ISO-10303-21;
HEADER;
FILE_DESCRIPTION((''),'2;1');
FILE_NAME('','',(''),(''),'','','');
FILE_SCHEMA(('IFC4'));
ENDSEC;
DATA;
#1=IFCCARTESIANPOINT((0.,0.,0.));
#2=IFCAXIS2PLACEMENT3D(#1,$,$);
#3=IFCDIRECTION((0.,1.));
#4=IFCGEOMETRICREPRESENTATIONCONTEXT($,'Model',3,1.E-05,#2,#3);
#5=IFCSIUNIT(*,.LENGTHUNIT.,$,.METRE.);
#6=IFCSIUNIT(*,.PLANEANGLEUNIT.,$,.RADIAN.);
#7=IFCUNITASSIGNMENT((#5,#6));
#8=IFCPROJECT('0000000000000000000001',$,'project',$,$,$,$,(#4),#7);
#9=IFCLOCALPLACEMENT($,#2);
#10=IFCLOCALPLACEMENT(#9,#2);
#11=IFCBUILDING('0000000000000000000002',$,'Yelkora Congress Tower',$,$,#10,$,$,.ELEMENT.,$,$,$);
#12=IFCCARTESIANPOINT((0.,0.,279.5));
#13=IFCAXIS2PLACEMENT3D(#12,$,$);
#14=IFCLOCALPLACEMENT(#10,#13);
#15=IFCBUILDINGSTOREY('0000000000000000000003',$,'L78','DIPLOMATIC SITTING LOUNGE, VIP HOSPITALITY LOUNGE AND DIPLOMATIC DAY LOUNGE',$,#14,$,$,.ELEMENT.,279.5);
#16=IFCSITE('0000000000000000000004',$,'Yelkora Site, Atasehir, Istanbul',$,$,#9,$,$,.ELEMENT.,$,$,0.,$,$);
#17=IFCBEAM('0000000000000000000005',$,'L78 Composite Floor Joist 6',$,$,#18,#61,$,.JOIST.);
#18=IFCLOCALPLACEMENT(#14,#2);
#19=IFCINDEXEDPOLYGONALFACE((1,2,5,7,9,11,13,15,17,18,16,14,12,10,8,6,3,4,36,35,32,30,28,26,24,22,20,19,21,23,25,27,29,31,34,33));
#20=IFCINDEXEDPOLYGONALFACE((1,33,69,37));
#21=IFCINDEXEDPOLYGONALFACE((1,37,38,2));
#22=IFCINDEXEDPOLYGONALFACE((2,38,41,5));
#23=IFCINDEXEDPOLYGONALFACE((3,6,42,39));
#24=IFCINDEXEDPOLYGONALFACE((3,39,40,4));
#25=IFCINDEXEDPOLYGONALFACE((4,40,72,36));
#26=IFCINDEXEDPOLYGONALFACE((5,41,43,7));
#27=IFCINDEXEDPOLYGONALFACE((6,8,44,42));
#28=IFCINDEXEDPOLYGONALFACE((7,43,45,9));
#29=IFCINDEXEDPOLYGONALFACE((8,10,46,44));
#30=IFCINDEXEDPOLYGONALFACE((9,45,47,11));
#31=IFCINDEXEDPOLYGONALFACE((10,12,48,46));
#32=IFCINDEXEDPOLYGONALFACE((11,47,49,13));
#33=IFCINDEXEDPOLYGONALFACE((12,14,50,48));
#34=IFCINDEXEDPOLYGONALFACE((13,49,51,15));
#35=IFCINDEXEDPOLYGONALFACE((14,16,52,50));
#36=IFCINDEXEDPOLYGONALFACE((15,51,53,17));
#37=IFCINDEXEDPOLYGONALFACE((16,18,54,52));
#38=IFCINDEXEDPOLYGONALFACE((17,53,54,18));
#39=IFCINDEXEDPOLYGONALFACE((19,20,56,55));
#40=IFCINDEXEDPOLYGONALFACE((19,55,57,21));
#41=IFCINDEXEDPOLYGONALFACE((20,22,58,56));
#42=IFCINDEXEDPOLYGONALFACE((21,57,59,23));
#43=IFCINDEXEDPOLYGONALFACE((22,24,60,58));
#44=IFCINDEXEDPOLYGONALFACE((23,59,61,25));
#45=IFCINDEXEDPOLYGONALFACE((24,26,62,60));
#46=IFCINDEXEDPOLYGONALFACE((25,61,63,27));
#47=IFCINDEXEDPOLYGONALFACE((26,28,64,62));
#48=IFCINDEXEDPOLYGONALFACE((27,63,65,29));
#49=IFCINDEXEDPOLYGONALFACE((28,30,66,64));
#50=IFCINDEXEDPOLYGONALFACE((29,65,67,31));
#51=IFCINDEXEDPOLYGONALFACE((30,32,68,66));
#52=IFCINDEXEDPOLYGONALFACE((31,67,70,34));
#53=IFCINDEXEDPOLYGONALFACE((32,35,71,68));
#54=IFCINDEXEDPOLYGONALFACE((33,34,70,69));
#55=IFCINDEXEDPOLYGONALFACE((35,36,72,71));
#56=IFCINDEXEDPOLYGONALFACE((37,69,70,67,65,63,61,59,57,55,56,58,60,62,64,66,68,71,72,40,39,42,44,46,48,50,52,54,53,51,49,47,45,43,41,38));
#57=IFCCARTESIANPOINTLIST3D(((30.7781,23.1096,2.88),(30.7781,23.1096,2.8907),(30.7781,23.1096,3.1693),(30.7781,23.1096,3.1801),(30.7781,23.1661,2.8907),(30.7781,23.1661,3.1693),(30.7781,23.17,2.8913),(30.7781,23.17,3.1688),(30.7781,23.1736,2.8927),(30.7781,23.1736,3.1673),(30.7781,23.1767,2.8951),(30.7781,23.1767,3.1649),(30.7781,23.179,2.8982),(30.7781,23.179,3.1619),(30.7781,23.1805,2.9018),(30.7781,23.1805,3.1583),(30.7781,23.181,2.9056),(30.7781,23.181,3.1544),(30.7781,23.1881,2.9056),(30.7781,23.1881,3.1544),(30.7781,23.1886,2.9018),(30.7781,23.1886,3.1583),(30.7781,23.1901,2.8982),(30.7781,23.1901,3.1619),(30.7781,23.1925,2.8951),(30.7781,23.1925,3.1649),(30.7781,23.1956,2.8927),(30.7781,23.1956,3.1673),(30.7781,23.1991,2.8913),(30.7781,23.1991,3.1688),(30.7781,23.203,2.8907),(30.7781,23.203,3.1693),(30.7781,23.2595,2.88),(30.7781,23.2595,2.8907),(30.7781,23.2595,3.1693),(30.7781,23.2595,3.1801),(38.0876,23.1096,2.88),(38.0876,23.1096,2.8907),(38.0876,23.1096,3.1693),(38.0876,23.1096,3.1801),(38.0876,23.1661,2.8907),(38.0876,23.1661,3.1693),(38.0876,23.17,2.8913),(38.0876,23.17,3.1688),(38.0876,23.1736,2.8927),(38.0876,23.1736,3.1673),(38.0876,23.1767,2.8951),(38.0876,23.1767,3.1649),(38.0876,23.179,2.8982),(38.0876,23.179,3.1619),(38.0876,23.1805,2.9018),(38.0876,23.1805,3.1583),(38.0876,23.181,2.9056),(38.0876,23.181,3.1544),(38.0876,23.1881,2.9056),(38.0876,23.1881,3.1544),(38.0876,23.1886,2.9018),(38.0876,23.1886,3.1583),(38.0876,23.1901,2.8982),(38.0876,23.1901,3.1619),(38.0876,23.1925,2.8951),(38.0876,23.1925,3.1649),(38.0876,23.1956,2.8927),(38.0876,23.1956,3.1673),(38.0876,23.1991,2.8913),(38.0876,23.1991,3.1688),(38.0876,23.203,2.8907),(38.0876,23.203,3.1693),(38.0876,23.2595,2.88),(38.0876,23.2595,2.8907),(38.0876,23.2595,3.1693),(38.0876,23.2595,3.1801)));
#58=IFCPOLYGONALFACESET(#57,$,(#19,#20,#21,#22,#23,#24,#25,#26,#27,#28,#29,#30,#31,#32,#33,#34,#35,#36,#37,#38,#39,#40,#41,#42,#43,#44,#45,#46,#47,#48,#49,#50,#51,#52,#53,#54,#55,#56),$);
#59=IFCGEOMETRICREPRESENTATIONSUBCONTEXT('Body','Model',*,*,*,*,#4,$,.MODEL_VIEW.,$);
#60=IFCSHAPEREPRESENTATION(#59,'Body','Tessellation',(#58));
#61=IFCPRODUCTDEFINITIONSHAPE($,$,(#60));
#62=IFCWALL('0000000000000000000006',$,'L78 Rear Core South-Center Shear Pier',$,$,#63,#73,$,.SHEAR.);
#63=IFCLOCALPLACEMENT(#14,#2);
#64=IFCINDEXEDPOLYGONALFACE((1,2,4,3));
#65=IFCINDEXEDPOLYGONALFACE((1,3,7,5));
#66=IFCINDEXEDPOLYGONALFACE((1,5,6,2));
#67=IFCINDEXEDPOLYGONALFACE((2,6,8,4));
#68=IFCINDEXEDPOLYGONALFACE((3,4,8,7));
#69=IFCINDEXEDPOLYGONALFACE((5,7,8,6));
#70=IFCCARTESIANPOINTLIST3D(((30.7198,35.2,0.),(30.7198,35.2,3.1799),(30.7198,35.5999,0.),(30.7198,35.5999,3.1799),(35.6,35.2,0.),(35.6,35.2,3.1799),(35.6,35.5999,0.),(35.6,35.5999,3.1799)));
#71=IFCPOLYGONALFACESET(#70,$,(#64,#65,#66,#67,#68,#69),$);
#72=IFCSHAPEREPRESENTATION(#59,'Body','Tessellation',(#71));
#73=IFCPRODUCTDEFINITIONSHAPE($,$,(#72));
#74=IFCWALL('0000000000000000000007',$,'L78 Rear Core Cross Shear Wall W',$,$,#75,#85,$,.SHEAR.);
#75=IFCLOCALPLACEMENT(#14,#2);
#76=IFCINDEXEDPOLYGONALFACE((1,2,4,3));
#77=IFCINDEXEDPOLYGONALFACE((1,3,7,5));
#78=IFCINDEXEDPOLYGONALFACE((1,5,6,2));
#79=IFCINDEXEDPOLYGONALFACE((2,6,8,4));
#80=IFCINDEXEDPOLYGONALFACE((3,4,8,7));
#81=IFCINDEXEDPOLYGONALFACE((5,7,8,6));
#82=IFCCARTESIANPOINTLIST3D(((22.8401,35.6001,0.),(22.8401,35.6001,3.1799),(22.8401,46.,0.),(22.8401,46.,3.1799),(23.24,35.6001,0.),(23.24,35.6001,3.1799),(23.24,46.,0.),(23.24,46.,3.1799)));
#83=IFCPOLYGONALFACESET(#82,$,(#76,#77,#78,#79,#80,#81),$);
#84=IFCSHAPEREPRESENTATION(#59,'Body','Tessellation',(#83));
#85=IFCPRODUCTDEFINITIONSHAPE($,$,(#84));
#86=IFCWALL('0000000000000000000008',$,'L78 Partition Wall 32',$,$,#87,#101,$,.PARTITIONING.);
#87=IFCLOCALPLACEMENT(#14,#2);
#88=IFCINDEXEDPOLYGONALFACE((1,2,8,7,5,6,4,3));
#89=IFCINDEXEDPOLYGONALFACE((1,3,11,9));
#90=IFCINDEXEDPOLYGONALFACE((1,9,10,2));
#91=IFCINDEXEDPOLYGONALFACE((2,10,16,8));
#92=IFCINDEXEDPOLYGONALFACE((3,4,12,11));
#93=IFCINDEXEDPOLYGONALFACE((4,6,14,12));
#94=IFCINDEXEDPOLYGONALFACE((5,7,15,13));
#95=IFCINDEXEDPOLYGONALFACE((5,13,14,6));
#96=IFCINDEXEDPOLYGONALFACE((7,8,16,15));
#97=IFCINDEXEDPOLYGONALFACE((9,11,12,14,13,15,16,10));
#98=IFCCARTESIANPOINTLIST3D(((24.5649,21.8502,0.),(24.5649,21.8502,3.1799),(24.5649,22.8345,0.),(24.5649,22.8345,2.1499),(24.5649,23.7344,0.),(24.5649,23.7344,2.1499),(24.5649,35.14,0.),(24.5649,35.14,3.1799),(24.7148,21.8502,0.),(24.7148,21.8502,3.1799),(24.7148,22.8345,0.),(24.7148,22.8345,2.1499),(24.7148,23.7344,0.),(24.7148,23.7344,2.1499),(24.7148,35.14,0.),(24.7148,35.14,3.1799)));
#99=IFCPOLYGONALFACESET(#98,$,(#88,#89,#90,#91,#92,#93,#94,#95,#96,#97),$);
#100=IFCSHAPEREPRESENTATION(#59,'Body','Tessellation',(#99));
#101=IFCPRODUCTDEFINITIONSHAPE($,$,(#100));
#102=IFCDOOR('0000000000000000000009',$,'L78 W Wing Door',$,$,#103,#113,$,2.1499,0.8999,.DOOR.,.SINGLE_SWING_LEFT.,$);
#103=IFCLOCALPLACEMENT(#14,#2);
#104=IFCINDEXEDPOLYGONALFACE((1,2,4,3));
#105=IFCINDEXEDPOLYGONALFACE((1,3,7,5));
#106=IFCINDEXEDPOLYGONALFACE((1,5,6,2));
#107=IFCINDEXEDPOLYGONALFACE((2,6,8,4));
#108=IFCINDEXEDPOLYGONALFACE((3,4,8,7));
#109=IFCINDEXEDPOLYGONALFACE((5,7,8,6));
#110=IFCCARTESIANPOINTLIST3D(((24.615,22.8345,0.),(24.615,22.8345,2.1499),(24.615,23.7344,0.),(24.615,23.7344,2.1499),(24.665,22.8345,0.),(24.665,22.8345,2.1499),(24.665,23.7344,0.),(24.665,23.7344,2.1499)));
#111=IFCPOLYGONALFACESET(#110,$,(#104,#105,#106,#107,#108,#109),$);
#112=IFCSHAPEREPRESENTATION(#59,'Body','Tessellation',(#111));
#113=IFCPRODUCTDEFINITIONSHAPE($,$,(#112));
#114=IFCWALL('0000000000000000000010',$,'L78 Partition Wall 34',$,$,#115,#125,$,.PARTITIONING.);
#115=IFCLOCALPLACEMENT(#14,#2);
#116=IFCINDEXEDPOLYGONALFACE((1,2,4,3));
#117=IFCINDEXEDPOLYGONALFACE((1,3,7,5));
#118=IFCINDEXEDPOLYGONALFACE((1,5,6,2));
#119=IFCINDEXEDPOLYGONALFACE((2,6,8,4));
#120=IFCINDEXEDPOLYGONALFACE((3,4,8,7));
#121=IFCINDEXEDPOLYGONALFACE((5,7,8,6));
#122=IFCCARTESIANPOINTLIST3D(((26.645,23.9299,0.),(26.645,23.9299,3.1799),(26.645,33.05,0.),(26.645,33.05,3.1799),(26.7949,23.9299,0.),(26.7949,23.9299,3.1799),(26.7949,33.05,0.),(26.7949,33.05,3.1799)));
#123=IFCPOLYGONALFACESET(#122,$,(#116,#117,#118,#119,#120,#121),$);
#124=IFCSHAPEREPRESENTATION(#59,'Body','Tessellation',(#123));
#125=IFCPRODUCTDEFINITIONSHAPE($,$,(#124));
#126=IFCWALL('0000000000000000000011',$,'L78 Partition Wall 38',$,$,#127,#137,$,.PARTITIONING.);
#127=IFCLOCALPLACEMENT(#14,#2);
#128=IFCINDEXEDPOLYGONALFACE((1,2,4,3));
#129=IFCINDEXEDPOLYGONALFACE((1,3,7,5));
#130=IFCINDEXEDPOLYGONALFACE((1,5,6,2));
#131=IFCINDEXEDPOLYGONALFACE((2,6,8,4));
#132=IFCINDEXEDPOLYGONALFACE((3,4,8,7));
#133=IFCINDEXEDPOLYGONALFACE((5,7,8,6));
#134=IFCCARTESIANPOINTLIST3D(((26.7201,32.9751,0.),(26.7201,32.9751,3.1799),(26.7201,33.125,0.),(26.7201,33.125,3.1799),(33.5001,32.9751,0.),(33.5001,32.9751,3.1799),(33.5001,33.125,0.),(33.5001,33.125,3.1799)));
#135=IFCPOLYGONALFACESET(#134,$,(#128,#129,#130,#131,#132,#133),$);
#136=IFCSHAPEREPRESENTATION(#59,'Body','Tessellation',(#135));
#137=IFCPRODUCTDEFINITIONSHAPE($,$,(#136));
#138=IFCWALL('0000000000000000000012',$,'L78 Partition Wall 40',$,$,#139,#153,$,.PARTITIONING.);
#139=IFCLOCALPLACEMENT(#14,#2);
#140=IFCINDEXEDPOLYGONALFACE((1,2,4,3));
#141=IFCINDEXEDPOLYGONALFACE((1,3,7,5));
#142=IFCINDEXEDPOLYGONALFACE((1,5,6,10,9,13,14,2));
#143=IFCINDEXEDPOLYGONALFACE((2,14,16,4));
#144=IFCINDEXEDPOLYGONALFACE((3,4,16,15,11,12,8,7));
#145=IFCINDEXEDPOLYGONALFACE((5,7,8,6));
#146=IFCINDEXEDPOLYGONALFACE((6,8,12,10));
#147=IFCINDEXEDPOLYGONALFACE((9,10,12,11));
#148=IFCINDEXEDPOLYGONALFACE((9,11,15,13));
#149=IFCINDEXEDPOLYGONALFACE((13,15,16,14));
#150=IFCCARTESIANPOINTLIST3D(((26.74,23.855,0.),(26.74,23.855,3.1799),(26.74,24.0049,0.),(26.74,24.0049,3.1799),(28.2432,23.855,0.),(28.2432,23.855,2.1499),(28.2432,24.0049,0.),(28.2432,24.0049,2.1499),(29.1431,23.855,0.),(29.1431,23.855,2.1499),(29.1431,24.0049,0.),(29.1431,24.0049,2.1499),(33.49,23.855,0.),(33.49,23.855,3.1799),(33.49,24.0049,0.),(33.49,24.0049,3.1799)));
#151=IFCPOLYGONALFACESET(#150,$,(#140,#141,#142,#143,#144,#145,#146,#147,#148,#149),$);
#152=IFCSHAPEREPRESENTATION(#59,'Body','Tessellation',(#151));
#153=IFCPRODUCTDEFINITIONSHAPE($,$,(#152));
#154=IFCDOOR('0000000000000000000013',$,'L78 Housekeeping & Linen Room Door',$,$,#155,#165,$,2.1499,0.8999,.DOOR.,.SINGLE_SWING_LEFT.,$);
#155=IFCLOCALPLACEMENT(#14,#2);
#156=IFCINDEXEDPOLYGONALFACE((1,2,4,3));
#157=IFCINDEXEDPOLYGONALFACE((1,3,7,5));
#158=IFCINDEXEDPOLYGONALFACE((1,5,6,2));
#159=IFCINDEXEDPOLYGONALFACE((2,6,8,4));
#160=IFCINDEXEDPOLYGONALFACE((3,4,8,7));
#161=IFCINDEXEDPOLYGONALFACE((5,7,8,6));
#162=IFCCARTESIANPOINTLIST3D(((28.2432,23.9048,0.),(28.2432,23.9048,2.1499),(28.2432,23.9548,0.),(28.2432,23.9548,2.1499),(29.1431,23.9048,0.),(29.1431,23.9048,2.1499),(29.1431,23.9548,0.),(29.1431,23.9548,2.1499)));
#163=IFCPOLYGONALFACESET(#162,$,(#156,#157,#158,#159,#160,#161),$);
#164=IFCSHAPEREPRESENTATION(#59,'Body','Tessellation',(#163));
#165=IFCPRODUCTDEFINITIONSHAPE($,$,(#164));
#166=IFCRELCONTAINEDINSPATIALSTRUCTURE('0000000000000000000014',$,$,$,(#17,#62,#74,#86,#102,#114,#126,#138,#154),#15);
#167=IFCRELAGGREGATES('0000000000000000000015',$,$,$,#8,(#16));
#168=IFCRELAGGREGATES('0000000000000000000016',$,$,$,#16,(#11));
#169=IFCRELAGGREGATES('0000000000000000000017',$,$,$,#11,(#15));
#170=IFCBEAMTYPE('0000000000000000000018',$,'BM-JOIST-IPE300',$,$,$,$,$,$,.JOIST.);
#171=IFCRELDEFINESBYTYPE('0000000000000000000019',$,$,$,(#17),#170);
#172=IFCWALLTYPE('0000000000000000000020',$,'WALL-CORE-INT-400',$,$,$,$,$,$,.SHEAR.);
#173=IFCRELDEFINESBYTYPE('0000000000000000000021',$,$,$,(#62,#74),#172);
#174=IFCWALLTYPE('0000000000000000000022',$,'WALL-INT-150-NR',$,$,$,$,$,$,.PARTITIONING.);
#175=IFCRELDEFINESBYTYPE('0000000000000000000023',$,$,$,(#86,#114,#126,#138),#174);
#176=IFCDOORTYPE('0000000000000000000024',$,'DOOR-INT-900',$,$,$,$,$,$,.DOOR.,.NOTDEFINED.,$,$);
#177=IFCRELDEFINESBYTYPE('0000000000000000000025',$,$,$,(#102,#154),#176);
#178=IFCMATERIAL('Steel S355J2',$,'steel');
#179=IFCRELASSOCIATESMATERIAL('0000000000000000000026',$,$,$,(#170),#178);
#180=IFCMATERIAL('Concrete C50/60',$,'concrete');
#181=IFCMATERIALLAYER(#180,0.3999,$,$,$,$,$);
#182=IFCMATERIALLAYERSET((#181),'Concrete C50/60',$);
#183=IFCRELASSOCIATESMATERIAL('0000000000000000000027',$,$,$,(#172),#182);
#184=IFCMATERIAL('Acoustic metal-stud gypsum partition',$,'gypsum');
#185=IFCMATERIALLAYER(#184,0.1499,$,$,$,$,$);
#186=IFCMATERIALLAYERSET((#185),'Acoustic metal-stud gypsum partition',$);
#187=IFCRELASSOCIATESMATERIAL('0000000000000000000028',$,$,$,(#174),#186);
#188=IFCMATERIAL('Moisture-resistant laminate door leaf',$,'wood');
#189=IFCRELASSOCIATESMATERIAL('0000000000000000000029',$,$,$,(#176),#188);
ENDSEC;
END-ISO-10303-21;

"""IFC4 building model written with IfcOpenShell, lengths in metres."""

from ifc_helpers import new_model, si_unit, direction, frame, frame_2d, origin, origin_2d, place, context, subcontext, project, spatial, rectangle, i_section, extrude, material, layer, layer_set, material_profile, profile_set, type_object, element, fill, save


model = new_model("IFC4")

# Units and contexts
model_context = context("Model", 3, precision=1e-05, world=origin(), true_north=direction((0.0, 1.0)))
body_context = subcontext(model_context, "Body", "Model", "MODEL_VIEW")
ifc_project = project(units=[si_unit("LENGTHUNIT", "METRE"), si_unit("PLANEANGLEUNIT", "RADIAN")], contexts=[model_context])

# Site, building, storey
site_placement = place(None, origin())
site = spatial("IfcSite", under=ifc_project, at=site_placement, Name="Yelkora Site, Atasehir, Istanbul", CompositionType="ELEMENT", RefElevation=0.0)
building_placement = place(site_placement, origin())
building = spatial("IfcBuilding", under=site, at=building_placement, Name="Yelkora Congress Tower", CompositionType="ELEMENT")
storey_placement = place(building_placement, frame((0.0, 0.0, 279.5)))
storey = spatial("IfcBuildingStorey", under=building, at=storey_placement, Name="L78", Description="DIPLOMATIC SITTING LOUNGE, VIP HOSPITALITY LOUNGE AND DIPLOMATIC DAY LOUNGE", CompositionType="ELEMENT", Elevation=279.5)

# Beam
ifc_material_1 = material(Name="Steel S355J2", Category="steel")
ifc_material_profile_1 = material_profile(ifc_material_1, i_section(OverallWidth=0.1499, OverallDepth=0.3, WebThickness=0.0071, FlangeThickness=0.0107, FilletRadius=0.0149, at=origin_2d()), Name="IPE 300")
ifc_profile_set_1 = profile_set([ifc_material_profile_1], Name="Steel S355J2")
beam_type_1 = type_object("IfcBeamType", Name="BM-JOIST-IPE300", PredefinedType="JOIST", material=ifc_profile_set_1)
beam_1_placement = place(storey_placement, frame((30.7781, 23.1846, 3.03), z_axis=(1.0, 0.0, 0.0), x_axis=(0.0, 1.0, 0.0)))
element("IfcBeam", 1, at=beam_1_placement, inside=storey, type_object=beam_type_1, Name="L78 Composite Floor Joist 6", PredefinedType="JOIST", context=body_context, shape_type="SweptSolid", body=[
    extrude(i_section(OverallWidth=0.1499, OverallDepth=0.3, WebThickness=0.0071, FlangeThickness=0.0107, FilletRadius=0.0149, at=origin_2d()), origin(), (0.0, 0.0, 1.0), 7.3096),
])

# Walls
ifc_material_2 = material(Name="Concrete C50/60", Category="concrete")
ifc_layer_1 = layer(ifc_material_2, 0.3999)
ifc_layer_set_1 = layer_set([ifc_layer_1], Name="Concrete C50/60")
wall_type_1 = type_object("IfcWallType", Name="WALL-CORE-INT-400", PredefinedType="SHEAR", material=ifc_layer_set_1)
wall_1_placement = place(storey_placement, frame((30.72, 35.3999, 0.0), z_axis=(0.0, 0.0, 1.0), x_axis=(1.0, 0.0, 0.0)))
element("IfcWall", 2, at=wall_1_placement, inside=storey, type_object=wall_type_1, Name="L78 Rear Core South-Center Shear Pier", PredefinedType="SHEAR", context=body_context, shape_type="SweptSolid", body=[
    extrude(rectangle(XDim=4.8801, YDim=0.3999, at=frame_2d((2.4399, 0.0))), origin(), (0.0, 0.0, 1.0), 3.1799),
])
wall_2_placement = place(storey_placement, frame((23.04, 35.6001, 0.0), z_axis=(0.0, 0.0, 1.0), x_axis=(0.0, 1.0, 0.0)))
element("IfcWall", 3, at=wall_2_placement, inside=storey, type_object=wall_type_1, Name="L78 Rear Core Cross Shear Wall W", PredefinedType="SHEAR", context=body_context, shape_type="SweptSolid", body=[
    extrude(rectangle(XDim=10.3999, YDim=0.3999, at=frame_2d((5.2, 0.0))), origin(), (0.0, 0.0, 1.0), 3.1799),
])

# Wall, opening, door
ifc_material_3 = material(Name="Acoustic metal-stud gypsum partition", Category="gypsum")
ifc_layer_2 = layer(ifc_material_3, 0.1499)
ifc_layer_set_2 = layer_set([ifc_layer_2], Name="Acoustic metal-stud gypsum partition")
wall_type_2 = type_object("IfcWallType", Name="WALL-INT-150-NR", PredefinedType="PARTITIONING", material=ifc_layer_set_2)
wall_3_placement = place(storey_placement, frame((24.6399, 21.8501, 0.0), z_axis=(0.0, 0.0, 1.0), x_axis=(0.0, 1.0, 0.0)))
wall_3 = element("IfcWall", 4, at=wall_3_placement, inside=storey, type_object=wall_type_2, Name="L78 Partition Wall 32", PredefinedType="PARTITIONING", context=body_context, shape_type="SweptSolid", body=[
    extrude(rectangle(XDim=13.2898, YDim=0.1499, at=frame_2d((6.645, 0.0))), origin(), (0.0, 0.0, 1.0), 3.1799),
])
opening_1_placement = place(wall_3_placement, frame((0.9844, 0.0, 0.0)))
opening_1 = element("IfcOpeningElement", 5, at=opening_1_placement, cuts=wall_3, PredefinedType="OPENING", context=body_context, shape_type="SweptSolid", body=[
    extrude(rectangle(XDim=0.8999, YDim=2.1499, at=frame_2d((0.45, 1.075))), frame((0.0, 0.085, 0.0), z_axis=(0.0, -1.0, 0.0), x_axis=(1.0, 0.0, 0.0)), (0.0, 0.0, 1.0), 0.1699),
])
ifc_material_4 = material(Name="Moisture-resistant laminate door leaf", Category="wood")
door_type_1 = type_object("IfcDoorType", Name="DOOR-INT-900", OperationType="NOTDEFINED", PredefinedType="DOOR", material=ifc_material_4)
door_1_placement = place(opening_1_placement, origin())
door_1 = element("IfcDoor", 6, at=door_1_placement, inside=storey, type_object=door_type_1, Name="L78 W Wing Door", OperationType="SINGLE_SWING_LEFT", OverallHeight=2.1499, OverallWidth=0.8999, PredefinedType="DOOR", context=body_context, shape_type="SweptSolid", body=[
    extrude(rectangle(XDim=0.8999, YDim=2.1499, at=frame_2d((0.45, 1.075))), frame((0.0, 0.0249, 0.0), z_axis=(0.0, -1.0, 0.0), x_axis=(1.0, 0.0, 0.0)), (0.0, 0.0, 1.0), 0.05),
])
fill(opening_1, door_1)

# Walls
wall_4_placement = place(storey_placement, frame((26.72, 23.9299, 0.0), z_axis=(0.0, 0.0, 1.0), x_axis=(0.0, 1.0, 0.0)))
element("IfcWall", 7, at=wall_4_placement, inside=storey, type_object=wall_type_2, Name="L78 Partition Wall 34", PredefinedType="PARTITIONING", context=body_context, shape_type="SweptSolid", body=[
    extrude(rectangle(XDim=9.1201, YDim=0.1499, at=frame_2d((4.5601, 0.0))), origin(), (0.0, 0.0, 1.0), 3.1799),
])
wall_5_placement = place(storey_placement, frame((26.72, 33.05, 0.0), z_axis=(0.0, 0.0, 1.0), x_axis=(1.0, 0.0, 0.0)))
element("IfcWall", 8, at=wall_5_placement, inside=storey, type_object=wall_type_2, Name="L78 Partition Wall 38", PredefinedType="PARTITIONING", context=body_context, shape_type="SweptSolid", body=[
    extrude(rectangle(XDim=6.78, YDim=0.1499, at=frame_2d((3.3901, 0.0))), origin(), (0.0, 0.0, 1.0), 3.1799),
])

# Wall, opening, door
wall_6_placement = place(storey_placement, frame((26.74, 23.9299, 0.0), z_axis=(0.0, 0.0, 1.0), x_axis=(1.0, 0.0, 0.0)))
wall_6 = element("IfcWall", 9, at=wall_6_placement, inside=storey, type_object=wall_type_2, Name="L78 Partition Wall 40", PredefinedType="PARTITIONING", context=body_context, shape_type="SweptSolid", body=[
    extrude(rectangle(XDim=6.75, YDim=0.1499, at=frame_2d((3.375, 0.0))), origin(), (0.0, 0.0, 1.0), 3.1799),
])
opening_2_placement = place(wall_6_placement, frame((1.5032, 0.0, 0.0)))
opening_2 = element("IfcOpeningElement", 10, at=opening_2_placement, cuts=wall_6, PredefinedType="OPENING", context=body_context, shape_type="SweptSolid", body=[
    extrude(rectangle(XDim=0.8999, YDim=2.1499, at=frame_2d((0.45, 1.075))), frame((0.0, 0.085, 0.0), z_axis=(0.0, -1.0, 0.0), x_axis=(1.0, 0.0, 0.0)), (0.0, 0.0, 1.0), 0.1699),
])
door_2_placement = place(opening_2_placement, origin())
door_2 = element("IfcDoor", 11, at=door_2_placement, inside=storey, type_object=door_type_1, Name="L78 Housekeeping & Linen Room Door", OperationType="SINGLE_SWING_LEFT", OverallHeight=2.1499, OverallWidth=0.8999, PredefinedType="DOOR", context=body_context, shape_type="SweptSolid", body=[
    extrude(rectangle(XDim=0.8999, YDim=2.1499, at=frame_2d((0.45, 1.075))), frame((0.0, 0.0249, 0.0), z_axis=(0.0, -1.0, 0.0), x_axis=(1.0, 0.0, 0.0)), (0.0, 0.0, 1.0), 0.05),
])
fill(opening_2, door_2)

save(model, "model.ifc")
